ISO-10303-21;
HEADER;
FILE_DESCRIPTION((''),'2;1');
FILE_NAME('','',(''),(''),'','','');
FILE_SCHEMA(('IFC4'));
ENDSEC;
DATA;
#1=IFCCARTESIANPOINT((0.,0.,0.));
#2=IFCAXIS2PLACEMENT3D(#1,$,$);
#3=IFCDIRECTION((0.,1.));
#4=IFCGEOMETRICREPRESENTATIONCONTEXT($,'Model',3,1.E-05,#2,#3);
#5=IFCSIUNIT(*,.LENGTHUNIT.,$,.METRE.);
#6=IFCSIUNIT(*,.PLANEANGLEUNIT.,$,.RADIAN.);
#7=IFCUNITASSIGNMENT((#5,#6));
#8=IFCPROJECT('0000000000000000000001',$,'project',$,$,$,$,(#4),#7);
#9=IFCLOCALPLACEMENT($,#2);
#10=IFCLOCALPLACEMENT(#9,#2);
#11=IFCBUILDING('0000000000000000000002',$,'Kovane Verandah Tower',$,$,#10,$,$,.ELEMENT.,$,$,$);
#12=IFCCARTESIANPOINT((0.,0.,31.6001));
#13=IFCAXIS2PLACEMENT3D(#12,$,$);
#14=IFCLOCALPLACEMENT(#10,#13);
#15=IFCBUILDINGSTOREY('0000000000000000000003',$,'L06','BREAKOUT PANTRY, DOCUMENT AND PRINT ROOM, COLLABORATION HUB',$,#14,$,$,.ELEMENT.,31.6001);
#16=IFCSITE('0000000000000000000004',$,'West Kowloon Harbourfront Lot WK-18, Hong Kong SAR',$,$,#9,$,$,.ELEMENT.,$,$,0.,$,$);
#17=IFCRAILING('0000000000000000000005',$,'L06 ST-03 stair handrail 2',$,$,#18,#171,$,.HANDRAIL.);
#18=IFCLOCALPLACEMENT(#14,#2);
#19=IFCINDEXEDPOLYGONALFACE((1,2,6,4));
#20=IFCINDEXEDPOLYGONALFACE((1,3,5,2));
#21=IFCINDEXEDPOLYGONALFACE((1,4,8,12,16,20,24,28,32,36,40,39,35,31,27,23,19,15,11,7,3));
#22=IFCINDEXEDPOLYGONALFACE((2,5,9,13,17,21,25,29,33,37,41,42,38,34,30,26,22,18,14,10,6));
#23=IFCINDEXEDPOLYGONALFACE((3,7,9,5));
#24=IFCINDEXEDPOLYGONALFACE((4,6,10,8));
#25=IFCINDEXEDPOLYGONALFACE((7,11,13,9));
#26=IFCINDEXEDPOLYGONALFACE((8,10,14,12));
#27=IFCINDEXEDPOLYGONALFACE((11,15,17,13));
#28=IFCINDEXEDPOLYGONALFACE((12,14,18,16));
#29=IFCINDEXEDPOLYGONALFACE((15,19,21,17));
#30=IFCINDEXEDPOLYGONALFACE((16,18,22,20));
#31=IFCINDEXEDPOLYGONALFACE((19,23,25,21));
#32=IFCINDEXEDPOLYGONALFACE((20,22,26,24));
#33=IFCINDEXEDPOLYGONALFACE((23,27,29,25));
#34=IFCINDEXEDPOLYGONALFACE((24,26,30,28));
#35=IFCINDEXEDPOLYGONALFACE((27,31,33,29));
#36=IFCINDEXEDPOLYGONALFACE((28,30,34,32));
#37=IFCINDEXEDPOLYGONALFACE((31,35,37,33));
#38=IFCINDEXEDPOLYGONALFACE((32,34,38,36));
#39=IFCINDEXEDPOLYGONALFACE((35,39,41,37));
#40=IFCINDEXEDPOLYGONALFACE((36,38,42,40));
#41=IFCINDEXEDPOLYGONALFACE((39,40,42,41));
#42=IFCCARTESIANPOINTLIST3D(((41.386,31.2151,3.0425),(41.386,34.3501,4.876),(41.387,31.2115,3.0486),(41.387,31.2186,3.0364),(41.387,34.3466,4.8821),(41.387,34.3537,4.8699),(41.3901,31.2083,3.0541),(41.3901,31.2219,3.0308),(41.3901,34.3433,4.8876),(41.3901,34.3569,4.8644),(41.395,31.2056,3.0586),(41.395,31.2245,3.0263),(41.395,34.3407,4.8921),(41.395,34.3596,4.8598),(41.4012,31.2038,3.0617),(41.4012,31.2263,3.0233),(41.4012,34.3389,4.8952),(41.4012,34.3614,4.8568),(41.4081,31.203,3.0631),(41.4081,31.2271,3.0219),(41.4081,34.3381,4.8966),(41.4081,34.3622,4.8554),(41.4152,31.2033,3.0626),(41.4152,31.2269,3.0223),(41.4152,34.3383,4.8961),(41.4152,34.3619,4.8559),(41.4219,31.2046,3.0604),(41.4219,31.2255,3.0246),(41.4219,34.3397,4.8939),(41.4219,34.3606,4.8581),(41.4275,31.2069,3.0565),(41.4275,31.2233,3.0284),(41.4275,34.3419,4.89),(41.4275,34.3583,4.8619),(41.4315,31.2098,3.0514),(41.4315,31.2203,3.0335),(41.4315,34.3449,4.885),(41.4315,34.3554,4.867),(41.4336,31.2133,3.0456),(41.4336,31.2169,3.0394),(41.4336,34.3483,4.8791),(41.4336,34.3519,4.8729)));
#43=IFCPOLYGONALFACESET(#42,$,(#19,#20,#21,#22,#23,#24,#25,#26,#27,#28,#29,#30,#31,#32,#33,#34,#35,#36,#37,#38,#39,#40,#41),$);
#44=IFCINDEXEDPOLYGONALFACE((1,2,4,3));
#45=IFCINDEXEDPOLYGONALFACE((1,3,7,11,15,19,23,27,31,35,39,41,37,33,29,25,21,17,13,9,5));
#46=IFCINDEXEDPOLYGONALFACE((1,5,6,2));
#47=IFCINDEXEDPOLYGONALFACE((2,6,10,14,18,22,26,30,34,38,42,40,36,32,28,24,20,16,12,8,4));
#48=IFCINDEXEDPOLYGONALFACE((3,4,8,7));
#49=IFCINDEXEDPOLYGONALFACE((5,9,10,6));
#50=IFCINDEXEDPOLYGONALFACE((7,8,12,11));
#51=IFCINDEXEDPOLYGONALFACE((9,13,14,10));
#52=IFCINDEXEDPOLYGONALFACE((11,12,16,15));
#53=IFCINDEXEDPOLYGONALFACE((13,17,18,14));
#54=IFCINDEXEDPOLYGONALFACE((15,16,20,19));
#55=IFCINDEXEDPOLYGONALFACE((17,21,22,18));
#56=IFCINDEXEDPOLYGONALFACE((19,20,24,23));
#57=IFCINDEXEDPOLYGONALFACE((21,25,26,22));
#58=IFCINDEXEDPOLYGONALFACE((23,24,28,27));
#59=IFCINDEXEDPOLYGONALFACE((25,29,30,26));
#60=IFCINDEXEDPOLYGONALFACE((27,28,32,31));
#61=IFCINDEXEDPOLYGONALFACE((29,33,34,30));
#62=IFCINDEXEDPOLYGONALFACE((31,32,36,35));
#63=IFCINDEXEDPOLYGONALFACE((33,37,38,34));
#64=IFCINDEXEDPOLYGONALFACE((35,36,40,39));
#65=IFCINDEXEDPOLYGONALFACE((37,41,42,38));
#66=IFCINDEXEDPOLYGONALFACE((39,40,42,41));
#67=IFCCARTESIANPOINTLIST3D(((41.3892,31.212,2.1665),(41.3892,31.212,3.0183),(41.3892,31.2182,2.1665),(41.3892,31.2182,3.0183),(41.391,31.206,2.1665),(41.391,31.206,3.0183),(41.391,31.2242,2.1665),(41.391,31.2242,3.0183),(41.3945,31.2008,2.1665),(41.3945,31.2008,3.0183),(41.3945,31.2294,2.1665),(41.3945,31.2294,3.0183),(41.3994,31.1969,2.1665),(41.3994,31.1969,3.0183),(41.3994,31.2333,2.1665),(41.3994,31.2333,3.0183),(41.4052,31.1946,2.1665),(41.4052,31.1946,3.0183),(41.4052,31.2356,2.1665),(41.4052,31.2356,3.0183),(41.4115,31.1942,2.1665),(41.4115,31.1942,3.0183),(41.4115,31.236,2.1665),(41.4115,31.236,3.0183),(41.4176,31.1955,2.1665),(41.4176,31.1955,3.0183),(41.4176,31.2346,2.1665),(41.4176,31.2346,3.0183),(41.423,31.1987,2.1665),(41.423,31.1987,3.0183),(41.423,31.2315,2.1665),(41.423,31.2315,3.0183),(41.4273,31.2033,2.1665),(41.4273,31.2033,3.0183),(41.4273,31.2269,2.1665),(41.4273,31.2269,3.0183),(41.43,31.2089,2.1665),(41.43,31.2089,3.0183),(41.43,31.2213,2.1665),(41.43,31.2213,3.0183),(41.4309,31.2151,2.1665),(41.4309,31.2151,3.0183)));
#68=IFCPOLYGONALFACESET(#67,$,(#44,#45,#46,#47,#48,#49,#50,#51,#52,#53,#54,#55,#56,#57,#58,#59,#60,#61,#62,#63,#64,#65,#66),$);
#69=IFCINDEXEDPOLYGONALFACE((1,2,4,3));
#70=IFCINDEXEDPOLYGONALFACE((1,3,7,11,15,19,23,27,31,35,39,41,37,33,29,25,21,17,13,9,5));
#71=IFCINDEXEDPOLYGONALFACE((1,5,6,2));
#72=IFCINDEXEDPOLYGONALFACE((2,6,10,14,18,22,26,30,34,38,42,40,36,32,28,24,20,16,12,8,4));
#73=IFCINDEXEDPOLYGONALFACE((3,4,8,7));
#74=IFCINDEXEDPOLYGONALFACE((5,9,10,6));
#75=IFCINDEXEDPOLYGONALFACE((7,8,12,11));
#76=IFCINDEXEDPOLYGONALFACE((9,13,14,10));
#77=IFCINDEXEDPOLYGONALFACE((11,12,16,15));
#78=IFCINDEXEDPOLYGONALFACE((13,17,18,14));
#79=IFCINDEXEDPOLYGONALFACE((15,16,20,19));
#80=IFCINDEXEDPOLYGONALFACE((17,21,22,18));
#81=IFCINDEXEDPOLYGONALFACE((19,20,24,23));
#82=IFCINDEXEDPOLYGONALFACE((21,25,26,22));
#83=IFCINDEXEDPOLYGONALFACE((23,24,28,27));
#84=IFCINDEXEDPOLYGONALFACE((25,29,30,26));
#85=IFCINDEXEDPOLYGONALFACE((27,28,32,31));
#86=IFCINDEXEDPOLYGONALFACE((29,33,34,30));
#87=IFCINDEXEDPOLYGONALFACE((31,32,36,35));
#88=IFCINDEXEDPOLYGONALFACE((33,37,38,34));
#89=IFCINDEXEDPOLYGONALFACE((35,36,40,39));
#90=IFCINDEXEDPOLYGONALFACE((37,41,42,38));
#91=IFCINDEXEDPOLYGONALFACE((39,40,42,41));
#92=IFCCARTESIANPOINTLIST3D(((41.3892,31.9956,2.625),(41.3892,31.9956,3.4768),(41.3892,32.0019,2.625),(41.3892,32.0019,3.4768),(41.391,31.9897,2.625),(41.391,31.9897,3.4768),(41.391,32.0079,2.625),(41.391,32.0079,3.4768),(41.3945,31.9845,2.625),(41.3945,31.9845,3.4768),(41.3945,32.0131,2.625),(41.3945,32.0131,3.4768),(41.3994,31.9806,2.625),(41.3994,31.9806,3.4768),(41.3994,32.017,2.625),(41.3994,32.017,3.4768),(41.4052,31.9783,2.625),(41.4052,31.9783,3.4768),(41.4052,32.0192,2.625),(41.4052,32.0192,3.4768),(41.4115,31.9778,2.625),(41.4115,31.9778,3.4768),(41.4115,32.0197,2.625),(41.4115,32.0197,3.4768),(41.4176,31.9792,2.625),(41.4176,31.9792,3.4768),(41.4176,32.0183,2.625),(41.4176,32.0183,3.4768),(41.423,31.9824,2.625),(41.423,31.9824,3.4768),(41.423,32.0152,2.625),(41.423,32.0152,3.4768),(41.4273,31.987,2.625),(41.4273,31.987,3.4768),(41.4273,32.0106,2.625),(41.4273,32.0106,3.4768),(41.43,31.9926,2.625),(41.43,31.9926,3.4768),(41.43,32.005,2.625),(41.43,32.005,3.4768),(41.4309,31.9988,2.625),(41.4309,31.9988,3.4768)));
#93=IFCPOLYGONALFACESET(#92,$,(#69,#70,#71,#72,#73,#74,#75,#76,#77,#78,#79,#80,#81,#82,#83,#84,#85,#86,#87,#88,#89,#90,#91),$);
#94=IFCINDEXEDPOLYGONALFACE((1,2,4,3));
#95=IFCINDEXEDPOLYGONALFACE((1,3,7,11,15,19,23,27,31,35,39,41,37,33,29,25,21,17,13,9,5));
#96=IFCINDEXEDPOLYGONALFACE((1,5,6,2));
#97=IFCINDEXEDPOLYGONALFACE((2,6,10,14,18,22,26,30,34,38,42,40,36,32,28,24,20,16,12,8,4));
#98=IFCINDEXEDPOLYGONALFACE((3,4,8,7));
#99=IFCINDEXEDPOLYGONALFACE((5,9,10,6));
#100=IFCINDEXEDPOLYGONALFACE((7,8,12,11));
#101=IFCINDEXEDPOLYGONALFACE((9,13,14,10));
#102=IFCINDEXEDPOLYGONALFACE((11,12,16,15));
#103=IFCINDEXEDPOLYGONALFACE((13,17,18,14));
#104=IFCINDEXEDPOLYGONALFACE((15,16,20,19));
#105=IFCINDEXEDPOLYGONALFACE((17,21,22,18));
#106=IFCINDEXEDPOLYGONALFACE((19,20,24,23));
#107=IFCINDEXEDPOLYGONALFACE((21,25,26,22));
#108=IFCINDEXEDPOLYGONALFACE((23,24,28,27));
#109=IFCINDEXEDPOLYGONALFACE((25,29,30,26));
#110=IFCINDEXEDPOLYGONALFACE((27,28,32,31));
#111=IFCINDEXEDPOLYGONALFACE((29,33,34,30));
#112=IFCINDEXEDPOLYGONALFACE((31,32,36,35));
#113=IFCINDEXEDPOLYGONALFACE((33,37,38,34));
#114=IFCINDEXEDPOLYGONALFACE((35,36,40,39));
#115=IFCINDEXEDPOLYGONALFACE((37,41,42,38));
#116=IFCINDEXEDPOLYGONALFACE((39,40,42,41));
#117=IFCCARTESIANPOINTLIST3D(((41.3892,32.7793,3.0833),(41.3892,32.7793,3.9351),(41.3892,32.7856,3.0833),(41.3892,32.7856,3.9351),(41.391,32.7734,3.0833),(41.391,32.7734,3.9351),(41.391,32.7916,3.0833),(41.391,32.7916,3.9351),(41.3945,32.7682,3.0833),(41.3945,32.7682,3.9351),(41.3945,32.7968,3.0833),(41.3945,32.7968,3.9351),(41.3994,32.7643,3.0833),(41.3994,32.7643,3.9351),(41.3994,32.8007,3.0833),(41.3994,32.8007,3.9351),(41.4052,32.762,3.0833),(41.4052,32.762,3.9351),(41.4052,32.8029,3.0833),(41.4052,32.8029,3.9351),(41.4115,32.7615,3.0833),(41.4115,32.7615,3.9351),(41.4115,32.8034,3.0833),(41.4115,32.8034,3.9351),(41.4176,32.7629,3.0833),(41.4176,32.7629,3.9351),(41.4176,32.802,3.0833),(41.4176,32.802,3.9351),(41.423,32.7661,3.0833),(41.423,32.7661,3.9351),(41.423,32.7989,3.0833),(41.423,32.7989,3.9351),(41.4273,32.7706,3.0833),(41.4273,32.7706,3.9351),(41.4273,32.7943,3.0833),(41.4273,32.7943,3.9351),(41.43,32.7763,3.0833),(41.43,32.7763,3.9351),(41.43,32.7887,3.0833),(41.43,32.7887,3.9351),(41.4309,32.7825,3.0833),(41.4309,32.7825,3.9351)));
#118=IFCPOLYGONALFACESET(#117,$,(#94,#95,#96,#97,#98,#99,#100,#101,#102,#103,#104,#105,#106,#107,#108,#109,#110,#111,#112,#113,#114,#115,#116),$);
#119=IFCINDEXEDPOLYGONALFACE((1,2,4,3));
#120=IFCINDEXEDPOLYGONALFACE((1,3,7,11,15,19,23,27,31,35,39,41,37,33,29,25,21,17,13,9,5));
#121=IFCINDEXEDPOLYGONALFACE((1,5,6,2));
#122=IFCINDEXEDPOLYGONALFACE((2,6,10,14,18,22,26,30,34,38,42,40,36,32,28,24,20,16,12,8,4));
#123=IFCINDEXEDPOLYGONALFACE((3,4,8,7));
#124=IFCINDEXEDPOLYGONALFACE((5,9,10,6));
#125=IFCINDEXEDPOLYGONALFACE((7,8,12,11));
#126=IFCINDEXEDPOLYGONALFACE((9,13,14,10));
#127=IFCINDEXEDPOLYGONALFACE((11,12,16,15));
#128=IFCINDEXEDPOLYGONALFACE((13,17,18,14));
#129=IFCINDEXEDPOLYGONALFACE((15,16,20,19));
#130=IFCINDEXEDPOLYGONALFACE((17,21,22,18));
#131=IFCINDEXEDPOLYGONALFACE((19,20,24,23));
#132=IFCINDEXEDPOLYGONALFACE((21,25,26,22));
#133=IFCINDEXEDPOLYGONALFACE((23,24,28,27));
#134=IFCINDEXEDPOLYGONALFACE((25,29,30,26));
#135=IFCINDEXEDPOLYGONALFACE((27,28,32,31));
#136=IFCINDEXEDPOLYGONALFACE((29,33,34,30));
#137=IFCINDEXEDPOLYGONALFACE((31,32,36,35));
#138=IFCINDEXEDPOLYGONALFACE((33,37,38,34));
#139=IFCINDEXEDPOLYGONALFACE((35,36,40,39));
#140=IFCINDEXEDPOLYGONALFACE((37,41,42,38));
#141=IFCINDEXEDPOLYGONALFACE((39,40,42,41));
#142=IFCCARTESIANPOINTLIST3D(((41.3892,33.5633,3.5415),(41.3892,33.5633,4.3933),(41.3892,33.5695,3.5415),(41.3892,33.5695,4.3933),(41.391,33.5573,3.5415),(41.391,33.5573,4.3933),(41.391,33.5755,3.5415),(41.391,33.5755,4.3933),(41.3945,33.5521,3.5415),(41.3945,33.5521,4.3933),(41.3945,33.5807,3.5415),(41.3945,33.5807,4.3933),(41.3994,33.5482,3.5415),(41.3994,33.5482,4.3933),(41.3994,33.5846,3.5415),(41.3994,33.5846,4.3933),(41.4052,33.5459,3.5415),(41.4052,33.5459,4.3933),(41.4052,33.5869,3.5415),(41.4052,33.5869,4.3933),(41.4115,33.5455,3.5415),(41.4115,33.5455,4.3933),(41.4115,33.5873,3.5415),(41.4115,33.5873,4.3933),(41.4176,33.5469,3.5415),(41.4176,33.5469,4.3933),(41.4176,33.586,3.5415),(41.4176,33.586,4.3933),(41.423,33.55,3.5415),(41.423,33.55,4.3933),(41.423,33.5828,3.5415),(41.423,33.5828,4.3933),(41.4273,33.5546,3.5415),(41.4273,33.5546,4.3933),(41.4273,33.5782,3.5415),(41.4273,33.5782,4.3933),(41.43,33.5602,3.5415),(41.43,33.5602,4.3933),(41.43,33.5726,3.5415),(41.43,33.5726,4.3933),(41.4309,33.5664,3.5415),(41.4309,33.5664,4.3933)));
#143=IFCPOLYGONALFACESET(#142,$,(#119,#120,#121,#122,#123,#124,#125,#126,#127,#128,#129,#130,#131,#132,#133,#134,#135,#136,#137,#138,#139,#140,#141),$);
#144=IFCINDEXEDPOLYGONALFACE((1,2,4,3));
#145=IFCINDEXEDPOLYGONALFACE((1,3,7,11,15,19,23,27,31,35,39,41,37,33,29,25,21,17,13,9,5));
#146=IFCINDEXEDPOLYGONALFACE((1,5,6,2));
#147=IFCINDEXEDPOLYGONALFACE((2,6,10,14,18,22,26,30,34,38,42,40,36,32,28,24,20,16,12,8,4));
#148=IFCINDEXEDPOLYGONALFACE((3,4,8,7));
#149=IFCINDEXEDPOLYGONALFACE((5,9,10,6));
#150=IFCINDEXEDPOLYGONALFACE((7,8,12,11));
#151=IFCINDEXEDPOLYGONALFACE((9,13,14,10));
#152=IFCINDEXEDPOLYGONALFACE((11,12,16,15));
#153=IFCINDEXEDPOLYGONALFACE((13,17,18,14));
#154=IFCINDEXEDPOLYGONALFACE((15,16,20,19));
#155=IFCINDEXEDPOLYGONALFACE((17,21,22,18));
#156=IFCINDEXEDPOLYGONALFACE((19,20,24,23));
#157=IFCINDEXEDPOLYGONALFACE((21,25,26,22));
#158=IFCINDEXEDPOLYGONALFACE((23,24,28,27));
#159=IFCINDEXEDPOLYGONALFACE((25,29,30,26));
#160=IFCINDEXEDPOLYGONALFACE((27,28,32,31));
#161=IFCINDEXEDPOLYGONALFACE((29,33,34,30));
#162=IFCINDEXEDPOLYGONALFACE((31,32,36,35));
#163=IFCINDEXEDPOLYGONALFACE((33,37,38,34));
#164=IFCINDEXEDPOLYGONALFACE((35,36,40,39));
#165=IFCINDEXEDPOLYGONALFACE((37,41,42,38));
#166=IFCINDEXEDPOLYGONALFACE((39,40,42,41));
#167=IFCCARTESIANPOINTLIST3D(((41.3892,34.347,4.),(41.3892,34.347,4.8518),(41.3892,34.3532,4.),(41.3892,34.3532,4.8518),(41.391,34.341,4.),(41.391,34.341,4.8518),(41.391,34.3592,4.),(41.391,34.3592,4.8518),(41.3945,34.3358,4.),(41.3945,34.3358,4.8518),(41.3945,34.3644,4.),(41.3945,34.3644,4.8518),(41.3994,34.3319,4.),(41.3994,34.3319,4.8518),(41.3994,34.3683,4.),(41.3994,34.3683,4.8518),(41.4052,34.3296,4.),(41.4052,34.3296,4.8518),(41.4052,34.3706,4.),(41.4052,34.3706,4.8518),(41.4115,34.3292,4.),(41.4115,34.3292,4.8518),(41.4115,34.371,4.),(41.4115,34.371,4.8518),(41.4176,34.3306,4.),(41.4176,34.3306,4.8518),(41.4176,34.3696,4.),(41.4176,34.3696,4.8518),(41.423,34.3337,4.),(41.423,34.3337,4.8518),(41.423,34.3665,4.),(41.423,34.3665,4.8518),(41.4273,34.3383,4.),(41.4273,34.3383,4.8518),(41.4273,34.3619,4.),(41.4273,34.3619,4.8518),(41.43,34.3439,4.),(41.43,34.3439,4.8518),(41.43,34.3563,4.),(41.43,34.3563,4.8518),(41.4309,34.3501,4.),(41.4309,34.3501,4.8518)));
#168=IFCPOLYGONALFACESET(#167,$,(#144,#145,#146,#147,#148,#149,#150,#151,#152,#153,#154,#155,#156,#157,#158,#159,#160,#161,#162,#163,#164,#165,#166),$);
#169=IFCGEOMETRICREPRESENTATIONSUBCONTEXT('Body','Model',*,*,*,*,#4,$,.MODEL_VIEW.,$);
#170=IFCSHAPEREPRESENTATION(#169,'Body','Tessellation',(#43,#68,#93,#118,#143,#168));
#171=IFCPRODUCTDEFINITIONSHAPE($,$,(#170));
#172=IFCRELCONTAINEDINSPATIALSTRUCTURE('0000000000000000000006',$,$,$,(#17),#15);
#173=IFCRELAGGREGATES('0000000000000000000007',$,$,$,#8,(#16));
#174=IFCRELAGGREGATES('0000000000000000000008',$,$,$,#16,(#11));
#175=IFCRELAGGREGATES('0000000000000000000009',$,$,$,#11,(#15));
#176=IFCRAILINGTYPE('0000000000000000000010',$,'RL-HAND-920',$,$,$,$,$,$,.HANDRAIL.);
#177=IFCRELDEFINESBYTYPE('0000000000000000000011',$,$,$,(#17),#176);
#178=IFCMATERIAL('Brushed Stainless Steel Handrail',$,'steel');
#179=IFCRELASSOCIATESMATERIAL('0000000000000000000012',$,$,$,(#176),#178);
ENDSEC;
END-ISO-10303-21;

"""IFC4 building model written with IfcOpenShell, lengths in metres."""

from ifc_helpers import new_model, si_unit, direction, frame, origin, origin_2d, place, context, subcontext, project, spatial, circle, extrude, material, type_object, element, save


model = new_model("IFC4")

# Units and contexts
model_context = context("Model", 3, precision=1e-05, world=origin(), true_north=direction((0.0, 1.0)))
body_context = subcontext(model_context, "Body", "Model", "MODEL_VIEW")
ifc_project = project(units=[si_unit("LENGTHUNIT", "METRE"), si_unit("PLANEANGLEUNIT", "RADIAN")], contexts=[model_context])

# Site, building, storey
site_placement = place(None, origin())
site = spatial("IfcSite", under=ifc_project, at=site_placement, Name="West Kowloon Harbourfront Lot WK-18, Hong Kong SAR", CompositionType="ELEMENT", RefElevation=0.0)
building_placement = place(site_placement, origin())
building = spatial("IfcBuilding", under=site, at=building_placement, Name="Kovane Verandah Tower", CompositionType="ELEMENT")
storey_placement = place(building_placement, frame((0.0, 0.0, 31.6001)))
storey = spatial("IfcBuildingStorey", under=building, at=storey_placement, Name="L06", Description="BREAKOUT PANTRY, DOCUMENT AND PRINT ROOM, COLLABORATION HUB", CompositionType="ELEMENT", Elevation=31.6001)

# Railing
ifc_material_1 = material(Name="Brushed Stainless Steel Handrail", Category="steel")
railing_type_1 = type_object("IfcRailingType", Name="RL-HAND-920", PredefinedType="HANDRAIL", material=ifc_material_1)
railing_1_placement = place(storey_placement, frame((41.4099, 31.2151, 2.1665)))
element("IfcRailing", 1, at=railing_1_placement, inside=storey, type_object=railing_type_1, Name="L06 ST-03 stair handrail 2", PredefinedType="HANDRAIL", context=body_context, shape_type="SweptSolid", body=[
    extrude(circle(Radius=0.0239, at=origin_2d()), frame((0.0, 0.0, 0.876), z_axis=(0.0, 0.86321, 0.504845), x_axis=(-1.0, 0.0, 0.0)), (0.0, 0.0, 1.0), 3.6318),
    extrude(circle(Radius=0.021, at=origin_2d()), origin(), (0.0, 0.0, 1.0), 0.8518),
    extrude(circle(Radius=0.021, at=origin_2d()), frame((0.0, 0.7837, 0.4585)), (0.0, 0.0, 1.0), 0.8518),
    extrude(circle(Radius=0.021, at=origin_2d()), frame((0.0, 1.5674, 0.9167)), (0.0, 0.0, 1.0), 0.8518),
    extrude(circle(Radius=0.021, at=origin_2d()), frame((0.0, 2.3513, 1.375)), (0.0, 0.0, 1.0), 0.8518),
    extrude(circle(Radius=0.021, at=origin_2d()), frame((0.0, 3.135, 1.8335)), (0.0, 0.0, 1.0), 0.8518),
])

save(model, "model.ifc")
